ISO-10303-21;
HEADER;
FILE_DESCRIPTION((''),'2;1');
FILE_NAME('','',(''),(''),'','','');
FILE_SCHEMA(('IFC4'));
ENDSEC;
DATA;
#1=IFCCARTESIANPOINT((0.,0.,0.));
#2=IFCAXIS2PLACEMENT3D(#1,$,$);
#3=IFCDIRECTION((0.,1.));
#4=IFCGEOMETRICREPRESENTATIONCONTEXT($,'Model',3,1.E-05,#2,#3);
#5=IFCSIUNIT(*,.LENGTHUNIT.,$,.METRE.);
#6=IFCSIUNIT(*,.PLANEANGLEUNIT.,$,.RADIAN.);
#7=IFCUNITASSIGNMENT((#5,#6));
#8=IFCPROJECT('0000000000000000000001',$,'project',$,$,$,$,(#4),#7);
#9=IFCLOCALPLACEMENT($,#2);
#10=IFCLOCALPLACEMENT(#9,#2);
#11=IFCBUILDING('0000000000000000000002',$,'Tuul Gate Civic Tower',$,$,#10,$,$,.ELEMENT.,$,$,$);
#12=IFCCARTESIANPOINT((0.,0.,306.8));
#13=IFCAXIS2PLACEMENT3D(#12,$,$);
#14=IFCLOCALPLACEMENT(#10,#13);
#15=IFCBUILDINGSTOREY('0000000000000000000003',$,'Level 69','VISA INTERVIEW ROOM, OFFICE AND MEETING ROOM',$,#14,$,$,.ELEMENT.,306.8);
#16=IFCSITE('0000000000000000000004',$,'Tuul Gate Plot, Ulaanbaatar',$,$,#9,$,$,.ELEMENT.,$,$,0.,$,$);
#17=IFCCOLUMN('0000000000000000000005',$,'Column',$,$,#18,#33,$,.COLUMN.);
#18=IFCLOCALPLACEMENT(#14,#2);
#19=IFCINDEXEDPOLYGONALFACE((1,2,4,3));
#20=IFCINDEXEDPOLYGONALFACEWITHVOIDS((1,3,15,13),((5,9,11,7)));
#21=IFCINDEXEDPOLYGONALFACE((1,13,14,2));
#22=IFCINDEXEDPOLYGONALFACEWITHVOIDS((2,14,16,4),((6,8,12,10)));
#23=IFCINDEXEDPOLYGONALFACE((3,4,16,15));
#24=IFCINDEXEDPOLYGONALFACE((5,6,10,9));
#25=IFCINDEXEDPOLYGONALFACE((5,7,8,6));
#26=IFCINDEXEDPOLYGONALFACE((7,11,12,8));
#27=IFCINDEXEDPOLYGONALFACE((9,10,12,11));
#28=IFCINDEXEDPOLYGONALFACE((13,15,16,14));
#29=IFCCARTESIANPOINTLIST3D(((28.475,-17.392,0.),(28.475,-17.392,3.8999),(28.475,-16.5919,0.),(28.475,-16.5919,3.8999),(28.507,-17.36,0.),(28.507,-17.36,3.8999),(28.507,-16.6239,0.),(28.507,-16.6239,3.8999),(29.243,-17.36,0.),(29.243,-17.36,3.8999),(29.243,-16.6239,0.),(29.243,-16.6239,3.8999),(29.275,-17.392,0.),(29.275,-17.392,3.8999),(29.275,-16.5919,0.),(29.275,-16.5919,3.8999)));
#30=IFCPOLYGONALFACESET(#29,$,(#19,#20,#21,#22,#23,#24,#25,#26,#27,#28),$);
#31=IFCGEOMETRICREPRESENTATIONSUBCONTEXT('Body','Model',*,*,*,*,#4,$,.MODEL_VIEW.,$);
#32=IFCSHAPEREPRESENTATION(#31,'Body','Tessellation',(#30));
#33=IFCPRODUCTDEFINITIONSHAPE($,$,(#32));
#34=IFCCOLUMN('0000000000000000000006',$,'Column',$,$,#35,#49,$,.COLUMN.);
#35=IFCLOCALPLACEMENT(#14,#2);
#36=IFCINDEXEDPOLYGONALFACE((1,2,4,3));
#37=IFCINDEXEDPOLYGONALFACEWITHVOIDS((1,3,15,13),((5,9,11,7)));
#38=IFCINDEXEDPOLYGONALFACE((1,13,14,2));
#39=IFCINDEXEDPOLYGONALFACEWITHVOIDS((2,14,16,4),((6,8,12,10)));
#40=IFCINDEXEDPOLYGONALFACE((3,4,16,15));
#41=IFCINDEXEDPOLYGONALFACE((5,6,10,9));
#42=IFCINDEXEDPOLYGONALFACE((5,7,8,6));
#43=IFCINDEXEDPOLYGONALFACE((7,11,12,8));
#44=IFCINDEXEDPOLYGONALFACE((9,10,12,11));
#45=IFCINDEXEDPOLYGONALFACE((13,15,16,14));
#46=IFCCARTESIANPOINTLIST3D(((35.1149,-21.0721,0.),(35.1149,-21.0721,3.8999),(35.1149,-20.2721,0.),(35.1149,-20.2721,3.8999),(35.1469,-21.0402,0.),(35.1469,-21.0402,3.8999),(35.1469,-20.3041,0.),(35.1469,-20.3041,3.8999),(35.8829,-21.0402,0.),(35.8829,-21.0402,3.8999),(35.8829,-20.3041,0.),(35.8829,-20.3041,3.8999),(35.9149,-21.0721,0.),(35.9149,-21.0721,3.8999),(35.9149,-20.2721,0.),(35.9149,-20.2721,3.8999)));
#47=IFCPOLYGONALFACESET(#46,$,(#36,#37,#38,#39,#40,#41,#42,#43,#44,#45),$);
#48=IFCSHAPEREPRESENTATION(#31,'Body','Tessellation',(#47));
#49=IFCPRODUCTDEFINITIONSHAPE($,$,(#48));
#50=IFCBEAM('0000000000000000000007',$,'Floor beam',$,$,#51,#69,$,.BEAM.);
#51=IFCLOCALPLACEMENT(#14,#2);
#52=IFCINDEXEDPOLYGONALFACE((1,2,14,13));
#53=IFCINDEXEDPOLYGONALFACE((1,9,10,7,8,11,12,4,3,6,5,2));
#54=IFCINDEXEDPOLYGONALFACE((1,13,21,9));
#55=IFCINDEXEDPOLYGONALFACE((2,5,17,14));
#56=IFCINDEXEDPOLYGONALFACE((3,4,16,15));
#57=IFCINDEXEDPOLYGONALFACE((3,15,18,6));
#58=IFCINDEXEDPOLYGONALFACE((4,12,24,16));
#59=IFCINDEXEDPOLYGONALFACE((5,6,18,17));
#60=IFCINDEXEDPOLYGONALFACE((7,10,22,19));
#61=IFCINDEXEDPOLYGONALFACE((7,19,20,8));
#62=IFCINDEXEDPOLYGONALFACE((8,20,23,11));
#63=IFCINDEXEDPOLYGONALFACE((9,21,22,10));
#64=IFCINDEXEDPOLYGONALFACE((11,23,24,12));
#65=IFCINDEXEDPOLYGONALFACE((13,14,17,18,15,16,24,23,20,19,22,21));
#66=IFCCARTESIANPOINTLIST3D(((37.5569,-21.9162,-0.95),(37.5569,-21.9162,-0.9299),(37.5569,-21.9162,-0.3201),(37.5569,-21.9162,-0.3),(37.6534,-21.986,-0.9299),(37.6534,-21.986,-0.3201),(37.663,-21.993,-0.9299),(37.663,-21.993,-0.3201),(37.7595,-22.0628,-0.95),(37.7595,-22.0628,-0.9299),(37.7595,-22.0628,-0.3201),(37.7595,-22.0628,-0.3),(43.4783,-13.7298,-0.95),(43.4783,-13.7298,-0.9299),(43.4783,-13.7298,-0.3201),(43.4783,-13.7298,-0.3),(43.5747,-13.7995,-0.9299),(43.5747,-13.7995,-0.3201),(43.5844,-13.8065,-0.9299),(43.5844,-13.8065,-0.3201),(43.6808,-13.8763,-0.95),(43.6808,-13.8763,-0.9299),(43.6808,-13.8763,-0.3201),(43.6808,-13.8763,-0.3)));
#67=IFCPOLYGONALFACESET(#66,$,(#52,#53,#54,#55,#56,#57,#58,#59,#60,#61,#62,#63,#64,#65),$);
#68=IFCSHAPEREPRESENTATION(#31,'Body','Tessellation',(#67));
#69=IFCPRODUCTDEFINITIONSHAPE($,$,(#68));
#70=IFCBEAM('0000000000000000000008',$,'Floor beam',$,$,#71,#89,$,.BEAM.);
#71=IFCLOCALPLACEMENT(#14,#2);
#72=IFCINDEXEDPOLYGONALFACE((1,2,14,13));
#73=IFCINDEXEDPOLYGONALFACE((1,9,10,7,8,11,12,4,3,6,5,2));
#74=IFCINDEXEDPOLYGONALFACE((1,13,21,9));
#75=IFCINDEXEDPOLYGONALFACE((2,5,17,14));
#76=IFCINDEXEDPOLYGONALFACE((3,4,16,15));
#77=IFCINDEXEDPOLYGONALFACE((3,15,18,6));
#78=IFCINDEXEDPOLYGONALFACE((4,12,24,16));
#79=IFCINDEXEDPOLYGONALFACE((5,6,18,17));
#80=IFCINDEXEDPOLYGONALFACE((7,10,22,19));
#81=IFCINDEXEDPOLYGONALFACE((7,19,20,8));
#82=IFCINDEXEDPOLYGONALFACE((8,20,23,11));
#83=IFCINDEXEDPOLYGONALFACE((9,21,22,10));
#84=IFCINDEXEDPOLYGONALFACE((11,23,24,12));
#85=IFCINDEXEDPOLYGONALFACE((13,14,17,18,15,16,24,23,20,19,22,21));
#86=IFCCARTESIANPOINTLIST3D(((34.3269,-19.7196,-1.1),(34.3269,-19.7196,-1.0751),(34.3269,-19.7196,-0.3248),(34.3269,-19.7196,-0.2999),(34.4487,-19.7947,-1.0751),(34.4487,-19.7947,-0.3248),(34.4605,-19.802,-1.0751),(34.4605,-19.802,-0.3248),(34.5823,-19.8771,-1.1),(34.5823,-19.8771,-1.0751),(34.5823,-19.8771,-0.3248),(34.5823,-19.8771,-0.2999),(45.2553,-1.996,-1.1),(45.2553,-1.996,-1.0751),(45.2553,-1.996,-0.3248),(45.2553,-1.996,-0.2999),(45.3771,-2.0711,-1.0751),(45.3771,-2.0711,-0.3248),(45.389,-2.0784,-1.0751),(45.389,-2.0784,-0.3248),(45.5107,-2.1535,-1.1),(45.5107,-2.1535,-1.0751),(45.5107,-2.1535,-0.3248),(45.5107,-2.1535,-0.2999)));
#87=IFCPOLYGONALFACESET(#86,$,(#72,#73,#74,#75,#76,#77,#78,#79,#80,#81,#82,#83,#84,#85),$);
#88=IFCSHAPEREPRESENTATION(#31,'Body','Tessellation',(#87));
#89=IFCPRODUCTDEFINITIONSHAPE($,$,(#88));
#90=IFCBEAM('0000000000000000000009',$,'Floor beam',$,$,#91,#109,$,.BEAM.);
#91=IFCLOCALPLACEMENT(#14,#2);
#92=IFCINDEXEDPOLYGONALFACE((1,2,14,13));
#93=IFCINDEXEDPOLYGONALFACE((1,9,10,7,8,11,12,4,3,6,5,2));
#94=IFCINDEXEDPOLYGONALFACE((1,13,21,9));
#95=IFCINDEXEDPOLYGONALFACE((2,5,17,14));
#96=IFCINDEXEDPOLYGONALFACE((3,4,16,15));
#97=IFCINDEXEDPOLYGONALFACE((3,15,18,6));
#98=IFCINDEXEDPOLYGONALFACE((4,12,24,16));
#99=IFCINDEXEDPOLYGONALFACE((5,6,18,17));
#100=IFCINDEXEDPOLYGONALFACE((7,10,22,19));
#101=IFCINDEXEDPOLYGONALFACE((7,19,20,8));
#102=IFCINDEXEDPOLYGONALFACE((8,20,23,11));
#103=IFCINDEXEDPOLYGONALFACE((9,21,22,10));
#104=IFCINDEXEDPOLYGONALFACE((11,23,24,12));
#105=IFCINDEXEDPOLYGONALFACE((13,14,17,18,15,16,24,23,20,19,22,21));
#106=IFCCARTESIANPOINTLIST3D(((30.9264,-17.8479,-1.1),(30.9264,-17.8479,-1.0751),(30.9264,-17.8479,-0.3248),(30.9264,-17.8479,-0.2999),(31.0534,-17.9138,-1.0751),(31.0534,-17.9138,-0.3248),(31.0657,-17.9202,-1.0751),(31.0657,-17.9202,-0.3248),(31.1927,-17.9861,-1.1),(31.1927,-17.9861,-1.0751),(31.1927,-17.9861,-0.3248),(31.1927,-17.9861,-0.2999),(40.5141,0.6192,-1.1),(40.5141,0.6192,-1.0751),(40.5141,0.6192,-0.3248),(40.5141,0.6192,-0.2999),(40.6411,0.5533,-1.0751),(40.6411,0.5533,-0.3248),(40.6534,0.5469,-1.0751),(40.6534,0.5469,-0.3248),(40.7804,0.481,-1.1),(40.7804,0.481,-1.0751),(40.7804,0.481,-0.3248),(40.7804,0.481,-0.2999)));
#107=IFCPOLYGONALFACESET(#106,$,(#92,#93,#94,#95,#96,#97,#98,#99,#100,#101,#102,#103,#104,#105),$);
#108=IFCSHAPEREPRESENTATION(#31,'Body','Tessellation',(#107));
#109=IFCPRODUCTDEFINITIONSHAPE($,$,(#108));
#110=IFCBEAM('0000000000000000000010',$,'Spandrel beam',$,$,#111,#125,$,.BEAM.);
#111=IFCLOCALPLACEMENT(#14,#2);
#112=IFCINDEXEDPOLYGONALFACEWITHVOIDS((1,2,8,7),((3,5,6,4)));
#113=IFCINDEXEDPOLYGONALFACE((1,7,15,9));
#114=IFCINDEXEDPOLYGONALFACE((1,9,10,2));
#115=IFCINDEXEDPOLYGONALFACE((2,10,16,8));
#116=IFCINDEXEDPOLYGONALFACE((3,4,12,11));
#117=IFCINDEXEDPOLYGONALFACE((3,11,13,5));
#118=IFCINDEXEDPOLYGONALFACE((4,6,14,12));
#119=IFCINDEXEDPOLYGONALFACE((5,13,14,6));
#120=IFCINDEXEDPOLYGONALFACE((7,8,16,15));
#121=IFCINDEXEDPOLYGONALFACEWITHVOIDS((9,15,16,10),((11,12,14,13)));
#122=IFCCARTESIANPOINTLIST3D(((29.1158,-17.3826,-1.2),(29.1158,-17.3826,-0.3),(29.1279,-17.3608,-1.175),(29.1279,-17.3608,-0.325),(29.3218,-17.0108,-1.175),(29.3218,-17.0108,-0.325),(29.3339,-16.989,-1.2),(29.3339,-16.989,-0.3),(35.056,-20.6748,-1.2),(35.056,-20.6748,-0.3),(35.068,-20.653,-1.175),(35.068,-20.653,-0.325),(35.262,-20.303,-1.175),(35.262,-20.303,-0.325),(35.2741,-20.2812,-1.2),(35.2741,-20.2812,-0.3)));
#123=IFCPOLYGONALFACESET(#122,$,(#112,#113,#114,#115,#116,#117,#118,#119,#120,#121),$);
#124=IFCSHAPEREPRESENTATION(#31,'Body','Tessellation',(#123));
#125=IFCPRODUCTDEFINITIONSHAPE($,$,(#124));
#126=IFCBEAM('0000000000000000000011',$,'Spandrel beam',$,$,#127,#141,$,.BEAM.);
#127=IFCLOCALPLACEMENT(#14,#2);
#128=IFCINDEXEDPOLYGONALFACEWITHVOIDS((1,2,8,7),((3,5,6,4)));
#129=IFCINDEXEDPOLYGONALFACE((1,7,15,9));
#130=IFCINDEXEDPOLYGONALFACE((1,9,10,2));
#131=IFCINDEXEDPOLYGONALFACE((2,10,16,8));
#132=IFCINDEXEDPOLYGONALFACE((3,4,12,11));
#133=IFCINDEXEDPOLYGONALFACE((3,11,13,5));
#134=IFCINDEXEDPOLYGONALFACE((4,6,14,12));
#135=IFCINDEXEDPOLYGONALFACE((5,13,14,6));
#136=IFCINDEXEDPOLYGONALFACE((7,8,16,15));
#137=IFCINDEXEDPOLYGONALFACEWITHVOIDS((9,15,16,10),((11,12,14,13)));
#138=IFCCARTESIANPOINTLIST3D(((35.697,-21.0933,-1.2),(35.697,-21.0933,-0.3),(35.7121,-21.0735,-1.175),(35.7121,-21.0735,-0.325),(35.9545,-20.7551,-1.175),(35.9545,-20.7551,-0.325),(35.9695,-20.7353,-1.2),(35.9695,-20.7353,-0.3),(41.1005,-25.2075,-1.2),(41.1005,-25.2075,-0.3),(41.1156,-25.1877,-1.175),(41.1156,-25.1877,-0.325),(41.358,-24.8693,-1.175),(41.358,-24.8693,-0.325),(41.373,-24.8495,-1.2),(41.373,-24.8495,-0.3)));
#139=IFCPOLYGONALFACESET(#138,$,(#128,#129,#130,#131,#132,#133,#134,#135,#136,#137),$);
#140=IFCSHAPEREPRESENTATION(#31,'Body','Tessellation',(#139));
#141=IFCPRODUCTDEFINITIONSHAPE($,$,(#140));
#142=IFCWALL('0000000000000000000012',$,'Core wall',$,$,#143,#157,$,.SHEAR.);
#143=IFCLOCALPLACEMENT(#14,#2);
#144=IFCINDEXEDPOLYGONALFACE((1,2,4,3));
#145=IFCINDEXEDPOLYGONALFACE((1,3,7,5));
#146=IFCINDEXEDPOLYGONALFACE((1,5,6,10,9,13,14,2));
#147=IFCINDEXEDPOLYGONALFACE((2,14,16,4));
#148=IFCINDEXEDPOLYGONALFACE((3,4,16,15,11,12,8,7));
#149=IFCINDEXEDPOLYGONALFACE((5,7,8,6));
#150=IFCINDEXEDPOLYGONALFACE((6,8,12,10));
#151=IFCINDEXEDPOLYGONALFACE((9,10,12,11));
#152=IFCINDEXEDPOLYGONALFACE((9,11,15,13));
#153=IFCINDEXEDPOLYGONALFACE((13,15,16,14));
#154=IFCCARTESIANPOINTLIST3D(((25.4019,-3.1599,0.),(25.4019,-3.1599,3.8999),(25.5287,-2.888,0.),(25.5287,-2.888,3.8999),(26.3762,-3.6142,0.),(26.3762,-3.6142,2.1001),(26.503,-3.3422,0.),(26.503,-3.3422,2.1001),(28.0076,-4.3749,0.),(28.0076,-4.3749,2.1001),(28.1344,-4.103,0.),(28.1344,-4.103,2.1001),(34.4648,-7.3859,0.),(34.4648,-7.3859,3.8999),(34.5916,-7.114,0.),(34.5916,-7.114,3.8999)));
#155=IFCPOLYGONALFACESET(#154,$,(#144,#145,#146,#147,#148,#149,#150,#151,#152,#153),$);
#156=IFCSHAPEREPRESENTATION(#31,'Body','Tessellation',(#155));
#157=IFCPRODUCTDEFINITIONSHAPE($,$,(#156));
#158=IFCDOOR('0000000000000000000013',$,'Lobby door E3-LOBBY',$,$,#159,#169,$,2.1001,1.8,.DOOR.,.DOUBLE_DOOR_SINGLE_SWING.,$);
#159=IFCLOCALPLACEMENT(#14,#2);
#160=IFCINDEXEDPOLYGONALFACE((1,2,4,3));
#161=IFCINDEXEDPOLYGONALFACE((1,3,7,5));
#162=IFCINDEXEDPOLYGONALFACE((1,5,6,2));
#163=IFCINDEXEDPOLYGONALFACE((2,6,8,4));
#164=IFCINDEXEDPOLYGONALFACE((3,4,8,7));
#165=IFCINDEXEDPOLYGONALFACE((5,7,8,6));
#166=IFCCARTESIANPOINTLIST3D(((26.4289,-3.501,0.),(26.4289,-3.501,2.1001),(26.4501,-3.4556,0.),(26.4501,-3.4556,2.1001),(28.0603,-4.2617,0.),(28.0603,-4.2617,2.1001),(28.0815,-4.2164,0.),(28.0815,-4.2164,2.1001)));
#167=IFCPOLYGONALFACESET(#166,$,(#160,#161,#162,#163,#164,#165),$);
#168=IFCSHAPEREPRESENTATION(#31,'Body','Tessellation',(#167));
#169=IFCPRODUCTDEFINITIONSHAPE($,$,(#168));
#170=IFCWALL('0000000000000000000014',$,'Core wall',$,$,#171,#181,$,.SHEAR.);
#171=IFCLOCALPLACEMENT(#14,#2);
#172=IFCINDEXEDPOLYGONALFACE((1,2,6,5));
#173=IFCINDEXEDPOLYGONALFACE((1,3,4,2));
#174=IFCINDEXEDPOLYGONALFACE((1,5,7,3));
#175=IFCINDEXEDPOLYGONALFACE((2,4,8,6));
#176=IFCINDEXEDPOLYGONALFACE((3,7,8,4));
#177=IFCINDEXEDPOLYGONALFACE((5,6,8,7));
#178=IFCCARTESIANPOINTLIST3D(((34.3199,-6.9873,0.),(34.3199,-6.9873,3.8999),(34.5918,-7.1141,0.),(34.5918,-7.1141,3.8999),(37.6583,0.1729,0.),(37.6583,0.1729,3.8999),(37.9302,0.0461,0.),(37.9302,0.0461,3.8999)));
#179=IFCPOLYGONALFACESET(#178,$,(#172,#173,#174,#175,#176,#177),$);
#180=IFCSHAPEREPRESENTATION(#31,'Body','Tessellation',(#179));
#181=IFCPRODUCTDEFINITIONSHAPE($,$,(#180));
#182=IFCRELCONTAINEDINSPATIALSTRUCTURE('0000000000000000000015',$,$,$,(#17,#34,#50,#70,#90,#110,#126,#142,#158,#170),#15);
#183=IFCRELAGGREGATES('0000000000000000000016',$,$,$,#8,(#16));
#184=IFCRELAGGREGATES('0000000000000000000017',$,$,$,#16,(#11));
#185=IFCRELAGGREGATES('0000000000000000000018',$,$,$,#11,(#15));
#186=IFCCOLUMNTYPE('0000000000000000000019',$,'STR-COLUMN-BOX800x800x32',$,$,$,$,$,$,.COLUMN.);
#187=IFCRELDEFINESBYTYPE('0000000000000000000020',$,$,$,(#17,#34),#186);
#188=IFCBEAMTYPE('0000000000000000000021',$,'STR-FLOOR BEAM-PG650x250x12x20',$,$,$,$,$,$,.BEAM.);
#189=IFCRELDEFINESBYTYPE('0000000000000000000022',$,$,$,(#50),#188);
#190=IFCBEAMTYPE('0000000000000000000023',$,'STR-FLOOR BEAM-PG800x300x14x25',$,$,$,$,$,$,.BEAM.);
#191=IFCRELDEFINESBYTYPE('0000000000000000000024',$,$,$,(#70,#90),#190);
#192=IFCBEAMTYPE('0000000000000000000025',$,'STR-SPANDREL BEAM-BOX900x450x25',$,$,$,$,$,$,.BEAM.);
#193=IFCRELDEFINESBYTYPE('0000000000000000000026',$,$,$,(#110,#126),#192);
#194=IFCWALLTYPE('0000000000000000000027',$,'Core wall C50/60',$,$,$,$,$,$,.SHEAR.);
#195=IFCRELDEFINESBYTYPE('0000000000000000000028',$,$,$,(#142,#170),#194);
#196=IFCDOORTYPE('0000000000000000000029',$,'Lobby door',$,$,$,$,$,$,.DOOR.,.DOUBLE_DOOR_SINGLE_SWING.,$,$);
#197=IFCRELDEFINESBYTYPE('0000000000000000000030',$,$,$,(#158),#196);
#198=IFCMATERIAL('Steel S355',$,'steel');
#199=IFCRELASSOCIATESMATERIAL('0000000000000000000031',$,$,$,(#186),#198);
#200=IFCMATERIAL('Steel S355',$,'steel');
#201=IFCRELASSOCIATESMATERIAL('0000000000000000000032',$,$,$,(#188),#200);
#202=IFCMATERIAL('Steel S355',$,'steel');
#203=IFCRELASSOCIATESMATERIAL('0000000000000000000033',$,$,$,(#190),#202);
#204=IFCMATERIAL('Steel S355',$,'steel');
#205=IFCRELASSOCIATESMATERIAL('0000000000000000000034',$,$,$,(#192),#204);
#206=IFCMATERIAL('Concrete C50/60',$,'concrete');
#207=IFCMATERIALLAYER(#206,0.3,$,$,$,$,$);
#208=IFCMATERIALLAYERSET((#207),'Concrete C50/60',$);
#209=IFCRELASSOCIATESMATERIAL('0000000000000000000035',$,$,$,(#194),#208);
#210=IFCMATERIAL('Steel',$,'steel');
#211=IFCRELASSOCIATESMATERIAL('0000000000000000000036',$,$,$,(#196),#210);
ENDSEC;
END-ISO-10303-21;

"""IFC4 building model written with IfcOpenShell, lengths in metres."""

from ifc_helpers import new_model, si_unit, direction, frame, frame_2d, origin, origin_2d, place, context, subcontext, project, spatial, rectangle, hollow_rectangle, i_section, extrude, material, layer, layer_set, material_profile, profile_set, type_object, element, fill, save


model = new_model("IFC4")

# Units and contexts
model_context = context("Model", 3, precision=1e-05, world=origin(), true_north=direction((0.0, 1.0)))
body_context = subcontext(model_context, "Body", "Model", "MODEL_VIEW")
ifc_project = project(units=[si_unit("LENGTHUNIT", "METRE"), si_unit("PLANEANGLEUNIT", "RADIAN")], contexts=[model_context])

# Site, building, storey
site_placement = place(None, origin())
site = spatial("IfcSite", under=ifc_project, at=site_placement, Name="Tuul Gate Plot, Ulaanbaatar", CompositionType="ELEMENT", RefElevation=0.0)
building_placement = place(site_placement, origin())
building = spatial("IfcBuilding", under=site, at=building_placement, Name="Tuul Gate Civic Tower", CompositionType="ELEMENT")
storey_placement = place(building_placement, frame((0.0, 0.0, 306.8)))
storey = spatial("IfcBuildingStorey", under=building, at=storey_placement, Name="Level 69", Description="VISA INTERVIEW ROOM, OFFICE AND MEETING ROOM", CompositionType="ELEMENT", Elevation=306.8)

# Columns
ifc_material_1 = material(Name="Steel S355", Category="steel")
ifc_material_profile_1 = material_profile(ifc_material_1, hollow_rectangle(XDim=0.8, YDim=0.8, WallThickness=0.032, at=origin_2d()), Name="BOX800x800x32")
ifc_profile_set_1 = profile_set([ifc_material_profile_1], Name="Steel S355")
column_type = type_object("IfcColumnType", Name="STR-COLUMN-BOX800x800x32", PredefinedType="COLUMN", material=ifc_profile_set_1)
for number, where, z_axis, x_axis, name in (
    (1, (28.875, -16.9919, 0.0), (0.0, 0.0, 1.0), (1.0, 0.0, 0.0), "Column"),
    (2, (35.5149, -20.6721, 0.0), (0.0, 0.0, 1.0), (1.0, 0.0, 0.0), "Column"),
):
    element("IfcColumn", number, at=place(storey_placement, frame(where, z_axis=z_axis, x_axis=x_axis)), inside=storey, type_object=column_type, Name=name, PredefinedType="COLUMN", context=body_context, shape_type="SweptSolid", body=[
        extrude(hollow_rectangle(XDim=0.8, YDim=0.8, WallThickness=0.032, at=origin_2d()), origin(), (0.0, 0.0, 1.0), 3.8999),
    ])

# Beams
ifc_material_2 = material(Name="Steel S355", Category="steel")
ifc_material_profile_2 = material_profile(ifc_material_2, i_section(OverallWidth=0.25, OverallDepth=0.6499, WebThickness=0.012, FlangeThickness=0.02, at=origin_2d()), Name="PG650x250x12x20")
ifc_profile_set_2 = profile_set([ifc_material_profile_2], Name="Steel S355")
beam_type_1 = type_object("IfcBeamType", Name="STR-FLOOR BEAM-PG650x250x12x20", PredefinedType="BEAM", material=ifc_profile_set_2)
beam_1_placement = place(storey_placement, frame((37.6582, -21.9895, -0.625), z_axis=(0.586069, 0.810261, 0.0), x_axis=(-0.810261, 0.586069, 0.0)))
element("IfcBeam", 3, at=beam_1_placement, inside=storey, type_object=beam_type_1, Name="Floor beam", PredefinedType="BEAM", context=body_context, shape_type="SweptSolid", body=[
    extrude(i_section(OverallWidth=0.25, OverallDepth=0.6499, WebThickness=0.012, FlangeThickness=0.02, at=origin_2d()), origin(), (0.0, 0.0, 1.0), 10.1035),
])
ifc_material_3 = material(Name="Steel S355", Category="steel")
ifc_material_profile_3 = material_profile(ifc_material_3, i_section(OverallWidth=0.3, OverallDepth=0.8, WebThickness=0.0139, FlangeThickness=0.0249, at=origin_2d()), Name="PG800x300x14x25")
ifc_profile_set_3 = profile_set([ifc_material_profile_3], Name="Steel S355")
beam_type_2 = type_object("IfcBeamType", Name="STR-FLOOR BEAM-PG800x300x14x25", PredefinedType="BEAM", material=ifc_profile_set_3)
beam_2_placement = place(storey_placement, frame((34.4546, -19.7983, -0.7), z_axis=(0.52485, 0.851195, 0.0), x_axis=(-0.851195, 0.52485, 0.0)))
element("IfcBeam", 4, at=beam_2_placement, inside=storey, type_object=beam_type_2, Name="Floor beam", PredefinedType="BEAM", context=body_context, shape_type="SweptSolid", body=[
    extrude(i_section(OverallWidth=0.3, OverallDepth=0.8, WebThickness=0.0139, FlangeThickness=0.0249, at=origin_2d()), origin(), (0.0, 0.0, 1.0), 20.822),
])
beam_3_placement = place(storey_placement, frame((31.0596, -17.917, -0.7), z_axis=(0.460777, 0.887516, 0.0), x_axis=(-0.887516, 0.460777, 0.0)))
element("IfcBeam", 5, at=beam_3_placement, inside=storey, type_object=beam_type_2, Name="Floor beam", PredefinedType="BEAM", context=body_context, shape_type="SweptSolid", body=[
    extrude(i_section(OverallWidth=0.3, OverallDepth=0.8, WebThickness=0.0139, FlangeThickness=0.0249, at=origin_2d()), origin(), (0.0, 0.0, 1.0), 20.8076),
])
ifc_material_4 = material(Name="Steel S355", Category="steel")
ifc_material_profile_4 = material_profile(ifc_material_4, hollow_rectangle(XDim=0.45, YDim=0.8999, WallThickness=0.0249, at=origin_2d()), Name="BOX900x450x25")
ifc_profile_set_4 = profile_set([ifc_material_profile_4], Name="Steel S355")
beam_type_3 = type_object("IfcBeamType", Name="STR-SPANDREL BEAM-BOX900x450x25", PredefinedType="BEAM", material=ifc_profile_set_4)
for number, where, z_axis, x_axis, name in (
    (6, (29.2249, -17.1858, -0.75), (0.874649, -0.484758, 0.0), (0.484758, 0.874649, 0.0), "Spandrel beam"),
    (7, (35.8333, -20.9143, -0.75), (0.795626, -0.605788, 0.0), (0.605788, 0.795626, 0.0), "Spandrel beam"),
):
    element("IfcBeam", number, at=place(storey_placement, frame(where, z_axis=z_axis, x_axis=x_axis)), inside=storey, type_object=beam_type_3, Name=name, PredefinedType="BEAM", context=body_context, shape_type="SweptSolid", body=[
        extrude(hollow_rectangle(XDim=0.45, YDim=0.8999, WallThickness=0.0249, at=origin_2d()), origin(), (0.0, 0.0, 1.0), 6.7915),
    ])

# Wall, opening, door
ifc_material_5 = material(Name="Concrete C50/60", Category="concrete")
ifc_layer_1 = layer(ifc_material_5, 0.3)
ifc_layer_set_1 = layer_set([ifc_layer_1], Name="Concrete C50/60")
wall_type_1 = type_object("IfcWallType", Name="Core wall C50/60", PredefinedType="SHEAR", material=ifc_layer_set_1)
wall_1_placement = place(storey_placement, frame((34.5283, -7.25, 0.0), z_axis=(0.0, 0.0, 1.0), x_axis=(-0.90631, 0.422613, 0.0)))
wall_1 = element("IfcWall", 8, at=wall_1_placement, inside=storey, type_object=wall_type_1, Name="Core wall", PredefinedType="SHEAR", context=body_context, shape_type="SweptSolid", body=[
    extrude(rectangle(XDim=9.9998, YDim=0.3, at=frame_2d((5.0, 0.0))), origin(), (0.0, 0.0, 1.0), 3.8999),
])
opening_1_placement = place(wall_1_placement, frame((7.125, 0.0, 0.0)))
opening_1 = element("IfcOpeningElement", 9, at=opening_1_placement, cuts=wall_1, PredefinedType="OPENING", context=body_context, shape_type="SweptSolid", body=[
    extrude(rectangle(XDim=1.8, YDim=2.1001, at=frame_2d((0.8999, 1.05))), frame((0.0, 0.1602, 0.0), z_axis=(0.0, -1.0, 0.0), x_axis=(1.0, 0.0, 0.0)), (0.0, 0.0, 1.0), 0.3201),
])
ifc_material_6 = material(Name="Steel", Category="steel")
door_type_1 = type_object("IfcDoorType", Name="Lobby door", OperationType="DOUBLE_DOOR_SINGLE_SWING", PredefinedType="DOOR", material=ifc_material_6)
door_1_placement = place(opening_1_placement, frame((1.8, 0.0, 0.0), z_axis=(0.0, 0.0, 1.0), x_axis=(-1.0, 0.0, 0.0)))
door_1 = element("IfcDoor", 10, at=door_1_placement, inside=storey, type_object=door_type_1, Name="Lobby door E3-LOBBY", OperationType="DOUBLE_DOOR_SINGLE_SWING", OverallHeight=2.1001, OverallWidth=1.8, PredefinedType="DOOR", context=body_context, shape_type="SweptSolid", body=[
    extrude(rectangle(XDim=1.8, YDim=2.1001, at=frame_2d((0.9001, 1.05))), frame((0.0, 0.0249, 0.0), z_axis=(0.0, -1.0, 0.0), x_axis=(1.0, 0.0, 0.0)), (0.0, 0.0, 1.0), 0.05),
])
fill(opening_1, door_1)

# Wall
wall_2_placement = place(storey_placement, frame((34.4558, -7.0508, 0.0), z_axis=(0.0, 0.0, 1.0), x_axis=(0.422571, 0.90633, 0.0)))
element("IfcWall", 11, at=wall_2_placement, inside=storey, type_object=wall_type_1, Name="Core wall", PredefinedType="SHEAR", context=body_context, shape_type="SweptSolid", body=[
    extrude(rectangle(XDim=7.9001, YDim=0.3, at=frame_2d((3.9502, 0.0))), origin(), (0.0, 0.0, 1.0), 3.8999),
])

save(model, "model.ifc")
